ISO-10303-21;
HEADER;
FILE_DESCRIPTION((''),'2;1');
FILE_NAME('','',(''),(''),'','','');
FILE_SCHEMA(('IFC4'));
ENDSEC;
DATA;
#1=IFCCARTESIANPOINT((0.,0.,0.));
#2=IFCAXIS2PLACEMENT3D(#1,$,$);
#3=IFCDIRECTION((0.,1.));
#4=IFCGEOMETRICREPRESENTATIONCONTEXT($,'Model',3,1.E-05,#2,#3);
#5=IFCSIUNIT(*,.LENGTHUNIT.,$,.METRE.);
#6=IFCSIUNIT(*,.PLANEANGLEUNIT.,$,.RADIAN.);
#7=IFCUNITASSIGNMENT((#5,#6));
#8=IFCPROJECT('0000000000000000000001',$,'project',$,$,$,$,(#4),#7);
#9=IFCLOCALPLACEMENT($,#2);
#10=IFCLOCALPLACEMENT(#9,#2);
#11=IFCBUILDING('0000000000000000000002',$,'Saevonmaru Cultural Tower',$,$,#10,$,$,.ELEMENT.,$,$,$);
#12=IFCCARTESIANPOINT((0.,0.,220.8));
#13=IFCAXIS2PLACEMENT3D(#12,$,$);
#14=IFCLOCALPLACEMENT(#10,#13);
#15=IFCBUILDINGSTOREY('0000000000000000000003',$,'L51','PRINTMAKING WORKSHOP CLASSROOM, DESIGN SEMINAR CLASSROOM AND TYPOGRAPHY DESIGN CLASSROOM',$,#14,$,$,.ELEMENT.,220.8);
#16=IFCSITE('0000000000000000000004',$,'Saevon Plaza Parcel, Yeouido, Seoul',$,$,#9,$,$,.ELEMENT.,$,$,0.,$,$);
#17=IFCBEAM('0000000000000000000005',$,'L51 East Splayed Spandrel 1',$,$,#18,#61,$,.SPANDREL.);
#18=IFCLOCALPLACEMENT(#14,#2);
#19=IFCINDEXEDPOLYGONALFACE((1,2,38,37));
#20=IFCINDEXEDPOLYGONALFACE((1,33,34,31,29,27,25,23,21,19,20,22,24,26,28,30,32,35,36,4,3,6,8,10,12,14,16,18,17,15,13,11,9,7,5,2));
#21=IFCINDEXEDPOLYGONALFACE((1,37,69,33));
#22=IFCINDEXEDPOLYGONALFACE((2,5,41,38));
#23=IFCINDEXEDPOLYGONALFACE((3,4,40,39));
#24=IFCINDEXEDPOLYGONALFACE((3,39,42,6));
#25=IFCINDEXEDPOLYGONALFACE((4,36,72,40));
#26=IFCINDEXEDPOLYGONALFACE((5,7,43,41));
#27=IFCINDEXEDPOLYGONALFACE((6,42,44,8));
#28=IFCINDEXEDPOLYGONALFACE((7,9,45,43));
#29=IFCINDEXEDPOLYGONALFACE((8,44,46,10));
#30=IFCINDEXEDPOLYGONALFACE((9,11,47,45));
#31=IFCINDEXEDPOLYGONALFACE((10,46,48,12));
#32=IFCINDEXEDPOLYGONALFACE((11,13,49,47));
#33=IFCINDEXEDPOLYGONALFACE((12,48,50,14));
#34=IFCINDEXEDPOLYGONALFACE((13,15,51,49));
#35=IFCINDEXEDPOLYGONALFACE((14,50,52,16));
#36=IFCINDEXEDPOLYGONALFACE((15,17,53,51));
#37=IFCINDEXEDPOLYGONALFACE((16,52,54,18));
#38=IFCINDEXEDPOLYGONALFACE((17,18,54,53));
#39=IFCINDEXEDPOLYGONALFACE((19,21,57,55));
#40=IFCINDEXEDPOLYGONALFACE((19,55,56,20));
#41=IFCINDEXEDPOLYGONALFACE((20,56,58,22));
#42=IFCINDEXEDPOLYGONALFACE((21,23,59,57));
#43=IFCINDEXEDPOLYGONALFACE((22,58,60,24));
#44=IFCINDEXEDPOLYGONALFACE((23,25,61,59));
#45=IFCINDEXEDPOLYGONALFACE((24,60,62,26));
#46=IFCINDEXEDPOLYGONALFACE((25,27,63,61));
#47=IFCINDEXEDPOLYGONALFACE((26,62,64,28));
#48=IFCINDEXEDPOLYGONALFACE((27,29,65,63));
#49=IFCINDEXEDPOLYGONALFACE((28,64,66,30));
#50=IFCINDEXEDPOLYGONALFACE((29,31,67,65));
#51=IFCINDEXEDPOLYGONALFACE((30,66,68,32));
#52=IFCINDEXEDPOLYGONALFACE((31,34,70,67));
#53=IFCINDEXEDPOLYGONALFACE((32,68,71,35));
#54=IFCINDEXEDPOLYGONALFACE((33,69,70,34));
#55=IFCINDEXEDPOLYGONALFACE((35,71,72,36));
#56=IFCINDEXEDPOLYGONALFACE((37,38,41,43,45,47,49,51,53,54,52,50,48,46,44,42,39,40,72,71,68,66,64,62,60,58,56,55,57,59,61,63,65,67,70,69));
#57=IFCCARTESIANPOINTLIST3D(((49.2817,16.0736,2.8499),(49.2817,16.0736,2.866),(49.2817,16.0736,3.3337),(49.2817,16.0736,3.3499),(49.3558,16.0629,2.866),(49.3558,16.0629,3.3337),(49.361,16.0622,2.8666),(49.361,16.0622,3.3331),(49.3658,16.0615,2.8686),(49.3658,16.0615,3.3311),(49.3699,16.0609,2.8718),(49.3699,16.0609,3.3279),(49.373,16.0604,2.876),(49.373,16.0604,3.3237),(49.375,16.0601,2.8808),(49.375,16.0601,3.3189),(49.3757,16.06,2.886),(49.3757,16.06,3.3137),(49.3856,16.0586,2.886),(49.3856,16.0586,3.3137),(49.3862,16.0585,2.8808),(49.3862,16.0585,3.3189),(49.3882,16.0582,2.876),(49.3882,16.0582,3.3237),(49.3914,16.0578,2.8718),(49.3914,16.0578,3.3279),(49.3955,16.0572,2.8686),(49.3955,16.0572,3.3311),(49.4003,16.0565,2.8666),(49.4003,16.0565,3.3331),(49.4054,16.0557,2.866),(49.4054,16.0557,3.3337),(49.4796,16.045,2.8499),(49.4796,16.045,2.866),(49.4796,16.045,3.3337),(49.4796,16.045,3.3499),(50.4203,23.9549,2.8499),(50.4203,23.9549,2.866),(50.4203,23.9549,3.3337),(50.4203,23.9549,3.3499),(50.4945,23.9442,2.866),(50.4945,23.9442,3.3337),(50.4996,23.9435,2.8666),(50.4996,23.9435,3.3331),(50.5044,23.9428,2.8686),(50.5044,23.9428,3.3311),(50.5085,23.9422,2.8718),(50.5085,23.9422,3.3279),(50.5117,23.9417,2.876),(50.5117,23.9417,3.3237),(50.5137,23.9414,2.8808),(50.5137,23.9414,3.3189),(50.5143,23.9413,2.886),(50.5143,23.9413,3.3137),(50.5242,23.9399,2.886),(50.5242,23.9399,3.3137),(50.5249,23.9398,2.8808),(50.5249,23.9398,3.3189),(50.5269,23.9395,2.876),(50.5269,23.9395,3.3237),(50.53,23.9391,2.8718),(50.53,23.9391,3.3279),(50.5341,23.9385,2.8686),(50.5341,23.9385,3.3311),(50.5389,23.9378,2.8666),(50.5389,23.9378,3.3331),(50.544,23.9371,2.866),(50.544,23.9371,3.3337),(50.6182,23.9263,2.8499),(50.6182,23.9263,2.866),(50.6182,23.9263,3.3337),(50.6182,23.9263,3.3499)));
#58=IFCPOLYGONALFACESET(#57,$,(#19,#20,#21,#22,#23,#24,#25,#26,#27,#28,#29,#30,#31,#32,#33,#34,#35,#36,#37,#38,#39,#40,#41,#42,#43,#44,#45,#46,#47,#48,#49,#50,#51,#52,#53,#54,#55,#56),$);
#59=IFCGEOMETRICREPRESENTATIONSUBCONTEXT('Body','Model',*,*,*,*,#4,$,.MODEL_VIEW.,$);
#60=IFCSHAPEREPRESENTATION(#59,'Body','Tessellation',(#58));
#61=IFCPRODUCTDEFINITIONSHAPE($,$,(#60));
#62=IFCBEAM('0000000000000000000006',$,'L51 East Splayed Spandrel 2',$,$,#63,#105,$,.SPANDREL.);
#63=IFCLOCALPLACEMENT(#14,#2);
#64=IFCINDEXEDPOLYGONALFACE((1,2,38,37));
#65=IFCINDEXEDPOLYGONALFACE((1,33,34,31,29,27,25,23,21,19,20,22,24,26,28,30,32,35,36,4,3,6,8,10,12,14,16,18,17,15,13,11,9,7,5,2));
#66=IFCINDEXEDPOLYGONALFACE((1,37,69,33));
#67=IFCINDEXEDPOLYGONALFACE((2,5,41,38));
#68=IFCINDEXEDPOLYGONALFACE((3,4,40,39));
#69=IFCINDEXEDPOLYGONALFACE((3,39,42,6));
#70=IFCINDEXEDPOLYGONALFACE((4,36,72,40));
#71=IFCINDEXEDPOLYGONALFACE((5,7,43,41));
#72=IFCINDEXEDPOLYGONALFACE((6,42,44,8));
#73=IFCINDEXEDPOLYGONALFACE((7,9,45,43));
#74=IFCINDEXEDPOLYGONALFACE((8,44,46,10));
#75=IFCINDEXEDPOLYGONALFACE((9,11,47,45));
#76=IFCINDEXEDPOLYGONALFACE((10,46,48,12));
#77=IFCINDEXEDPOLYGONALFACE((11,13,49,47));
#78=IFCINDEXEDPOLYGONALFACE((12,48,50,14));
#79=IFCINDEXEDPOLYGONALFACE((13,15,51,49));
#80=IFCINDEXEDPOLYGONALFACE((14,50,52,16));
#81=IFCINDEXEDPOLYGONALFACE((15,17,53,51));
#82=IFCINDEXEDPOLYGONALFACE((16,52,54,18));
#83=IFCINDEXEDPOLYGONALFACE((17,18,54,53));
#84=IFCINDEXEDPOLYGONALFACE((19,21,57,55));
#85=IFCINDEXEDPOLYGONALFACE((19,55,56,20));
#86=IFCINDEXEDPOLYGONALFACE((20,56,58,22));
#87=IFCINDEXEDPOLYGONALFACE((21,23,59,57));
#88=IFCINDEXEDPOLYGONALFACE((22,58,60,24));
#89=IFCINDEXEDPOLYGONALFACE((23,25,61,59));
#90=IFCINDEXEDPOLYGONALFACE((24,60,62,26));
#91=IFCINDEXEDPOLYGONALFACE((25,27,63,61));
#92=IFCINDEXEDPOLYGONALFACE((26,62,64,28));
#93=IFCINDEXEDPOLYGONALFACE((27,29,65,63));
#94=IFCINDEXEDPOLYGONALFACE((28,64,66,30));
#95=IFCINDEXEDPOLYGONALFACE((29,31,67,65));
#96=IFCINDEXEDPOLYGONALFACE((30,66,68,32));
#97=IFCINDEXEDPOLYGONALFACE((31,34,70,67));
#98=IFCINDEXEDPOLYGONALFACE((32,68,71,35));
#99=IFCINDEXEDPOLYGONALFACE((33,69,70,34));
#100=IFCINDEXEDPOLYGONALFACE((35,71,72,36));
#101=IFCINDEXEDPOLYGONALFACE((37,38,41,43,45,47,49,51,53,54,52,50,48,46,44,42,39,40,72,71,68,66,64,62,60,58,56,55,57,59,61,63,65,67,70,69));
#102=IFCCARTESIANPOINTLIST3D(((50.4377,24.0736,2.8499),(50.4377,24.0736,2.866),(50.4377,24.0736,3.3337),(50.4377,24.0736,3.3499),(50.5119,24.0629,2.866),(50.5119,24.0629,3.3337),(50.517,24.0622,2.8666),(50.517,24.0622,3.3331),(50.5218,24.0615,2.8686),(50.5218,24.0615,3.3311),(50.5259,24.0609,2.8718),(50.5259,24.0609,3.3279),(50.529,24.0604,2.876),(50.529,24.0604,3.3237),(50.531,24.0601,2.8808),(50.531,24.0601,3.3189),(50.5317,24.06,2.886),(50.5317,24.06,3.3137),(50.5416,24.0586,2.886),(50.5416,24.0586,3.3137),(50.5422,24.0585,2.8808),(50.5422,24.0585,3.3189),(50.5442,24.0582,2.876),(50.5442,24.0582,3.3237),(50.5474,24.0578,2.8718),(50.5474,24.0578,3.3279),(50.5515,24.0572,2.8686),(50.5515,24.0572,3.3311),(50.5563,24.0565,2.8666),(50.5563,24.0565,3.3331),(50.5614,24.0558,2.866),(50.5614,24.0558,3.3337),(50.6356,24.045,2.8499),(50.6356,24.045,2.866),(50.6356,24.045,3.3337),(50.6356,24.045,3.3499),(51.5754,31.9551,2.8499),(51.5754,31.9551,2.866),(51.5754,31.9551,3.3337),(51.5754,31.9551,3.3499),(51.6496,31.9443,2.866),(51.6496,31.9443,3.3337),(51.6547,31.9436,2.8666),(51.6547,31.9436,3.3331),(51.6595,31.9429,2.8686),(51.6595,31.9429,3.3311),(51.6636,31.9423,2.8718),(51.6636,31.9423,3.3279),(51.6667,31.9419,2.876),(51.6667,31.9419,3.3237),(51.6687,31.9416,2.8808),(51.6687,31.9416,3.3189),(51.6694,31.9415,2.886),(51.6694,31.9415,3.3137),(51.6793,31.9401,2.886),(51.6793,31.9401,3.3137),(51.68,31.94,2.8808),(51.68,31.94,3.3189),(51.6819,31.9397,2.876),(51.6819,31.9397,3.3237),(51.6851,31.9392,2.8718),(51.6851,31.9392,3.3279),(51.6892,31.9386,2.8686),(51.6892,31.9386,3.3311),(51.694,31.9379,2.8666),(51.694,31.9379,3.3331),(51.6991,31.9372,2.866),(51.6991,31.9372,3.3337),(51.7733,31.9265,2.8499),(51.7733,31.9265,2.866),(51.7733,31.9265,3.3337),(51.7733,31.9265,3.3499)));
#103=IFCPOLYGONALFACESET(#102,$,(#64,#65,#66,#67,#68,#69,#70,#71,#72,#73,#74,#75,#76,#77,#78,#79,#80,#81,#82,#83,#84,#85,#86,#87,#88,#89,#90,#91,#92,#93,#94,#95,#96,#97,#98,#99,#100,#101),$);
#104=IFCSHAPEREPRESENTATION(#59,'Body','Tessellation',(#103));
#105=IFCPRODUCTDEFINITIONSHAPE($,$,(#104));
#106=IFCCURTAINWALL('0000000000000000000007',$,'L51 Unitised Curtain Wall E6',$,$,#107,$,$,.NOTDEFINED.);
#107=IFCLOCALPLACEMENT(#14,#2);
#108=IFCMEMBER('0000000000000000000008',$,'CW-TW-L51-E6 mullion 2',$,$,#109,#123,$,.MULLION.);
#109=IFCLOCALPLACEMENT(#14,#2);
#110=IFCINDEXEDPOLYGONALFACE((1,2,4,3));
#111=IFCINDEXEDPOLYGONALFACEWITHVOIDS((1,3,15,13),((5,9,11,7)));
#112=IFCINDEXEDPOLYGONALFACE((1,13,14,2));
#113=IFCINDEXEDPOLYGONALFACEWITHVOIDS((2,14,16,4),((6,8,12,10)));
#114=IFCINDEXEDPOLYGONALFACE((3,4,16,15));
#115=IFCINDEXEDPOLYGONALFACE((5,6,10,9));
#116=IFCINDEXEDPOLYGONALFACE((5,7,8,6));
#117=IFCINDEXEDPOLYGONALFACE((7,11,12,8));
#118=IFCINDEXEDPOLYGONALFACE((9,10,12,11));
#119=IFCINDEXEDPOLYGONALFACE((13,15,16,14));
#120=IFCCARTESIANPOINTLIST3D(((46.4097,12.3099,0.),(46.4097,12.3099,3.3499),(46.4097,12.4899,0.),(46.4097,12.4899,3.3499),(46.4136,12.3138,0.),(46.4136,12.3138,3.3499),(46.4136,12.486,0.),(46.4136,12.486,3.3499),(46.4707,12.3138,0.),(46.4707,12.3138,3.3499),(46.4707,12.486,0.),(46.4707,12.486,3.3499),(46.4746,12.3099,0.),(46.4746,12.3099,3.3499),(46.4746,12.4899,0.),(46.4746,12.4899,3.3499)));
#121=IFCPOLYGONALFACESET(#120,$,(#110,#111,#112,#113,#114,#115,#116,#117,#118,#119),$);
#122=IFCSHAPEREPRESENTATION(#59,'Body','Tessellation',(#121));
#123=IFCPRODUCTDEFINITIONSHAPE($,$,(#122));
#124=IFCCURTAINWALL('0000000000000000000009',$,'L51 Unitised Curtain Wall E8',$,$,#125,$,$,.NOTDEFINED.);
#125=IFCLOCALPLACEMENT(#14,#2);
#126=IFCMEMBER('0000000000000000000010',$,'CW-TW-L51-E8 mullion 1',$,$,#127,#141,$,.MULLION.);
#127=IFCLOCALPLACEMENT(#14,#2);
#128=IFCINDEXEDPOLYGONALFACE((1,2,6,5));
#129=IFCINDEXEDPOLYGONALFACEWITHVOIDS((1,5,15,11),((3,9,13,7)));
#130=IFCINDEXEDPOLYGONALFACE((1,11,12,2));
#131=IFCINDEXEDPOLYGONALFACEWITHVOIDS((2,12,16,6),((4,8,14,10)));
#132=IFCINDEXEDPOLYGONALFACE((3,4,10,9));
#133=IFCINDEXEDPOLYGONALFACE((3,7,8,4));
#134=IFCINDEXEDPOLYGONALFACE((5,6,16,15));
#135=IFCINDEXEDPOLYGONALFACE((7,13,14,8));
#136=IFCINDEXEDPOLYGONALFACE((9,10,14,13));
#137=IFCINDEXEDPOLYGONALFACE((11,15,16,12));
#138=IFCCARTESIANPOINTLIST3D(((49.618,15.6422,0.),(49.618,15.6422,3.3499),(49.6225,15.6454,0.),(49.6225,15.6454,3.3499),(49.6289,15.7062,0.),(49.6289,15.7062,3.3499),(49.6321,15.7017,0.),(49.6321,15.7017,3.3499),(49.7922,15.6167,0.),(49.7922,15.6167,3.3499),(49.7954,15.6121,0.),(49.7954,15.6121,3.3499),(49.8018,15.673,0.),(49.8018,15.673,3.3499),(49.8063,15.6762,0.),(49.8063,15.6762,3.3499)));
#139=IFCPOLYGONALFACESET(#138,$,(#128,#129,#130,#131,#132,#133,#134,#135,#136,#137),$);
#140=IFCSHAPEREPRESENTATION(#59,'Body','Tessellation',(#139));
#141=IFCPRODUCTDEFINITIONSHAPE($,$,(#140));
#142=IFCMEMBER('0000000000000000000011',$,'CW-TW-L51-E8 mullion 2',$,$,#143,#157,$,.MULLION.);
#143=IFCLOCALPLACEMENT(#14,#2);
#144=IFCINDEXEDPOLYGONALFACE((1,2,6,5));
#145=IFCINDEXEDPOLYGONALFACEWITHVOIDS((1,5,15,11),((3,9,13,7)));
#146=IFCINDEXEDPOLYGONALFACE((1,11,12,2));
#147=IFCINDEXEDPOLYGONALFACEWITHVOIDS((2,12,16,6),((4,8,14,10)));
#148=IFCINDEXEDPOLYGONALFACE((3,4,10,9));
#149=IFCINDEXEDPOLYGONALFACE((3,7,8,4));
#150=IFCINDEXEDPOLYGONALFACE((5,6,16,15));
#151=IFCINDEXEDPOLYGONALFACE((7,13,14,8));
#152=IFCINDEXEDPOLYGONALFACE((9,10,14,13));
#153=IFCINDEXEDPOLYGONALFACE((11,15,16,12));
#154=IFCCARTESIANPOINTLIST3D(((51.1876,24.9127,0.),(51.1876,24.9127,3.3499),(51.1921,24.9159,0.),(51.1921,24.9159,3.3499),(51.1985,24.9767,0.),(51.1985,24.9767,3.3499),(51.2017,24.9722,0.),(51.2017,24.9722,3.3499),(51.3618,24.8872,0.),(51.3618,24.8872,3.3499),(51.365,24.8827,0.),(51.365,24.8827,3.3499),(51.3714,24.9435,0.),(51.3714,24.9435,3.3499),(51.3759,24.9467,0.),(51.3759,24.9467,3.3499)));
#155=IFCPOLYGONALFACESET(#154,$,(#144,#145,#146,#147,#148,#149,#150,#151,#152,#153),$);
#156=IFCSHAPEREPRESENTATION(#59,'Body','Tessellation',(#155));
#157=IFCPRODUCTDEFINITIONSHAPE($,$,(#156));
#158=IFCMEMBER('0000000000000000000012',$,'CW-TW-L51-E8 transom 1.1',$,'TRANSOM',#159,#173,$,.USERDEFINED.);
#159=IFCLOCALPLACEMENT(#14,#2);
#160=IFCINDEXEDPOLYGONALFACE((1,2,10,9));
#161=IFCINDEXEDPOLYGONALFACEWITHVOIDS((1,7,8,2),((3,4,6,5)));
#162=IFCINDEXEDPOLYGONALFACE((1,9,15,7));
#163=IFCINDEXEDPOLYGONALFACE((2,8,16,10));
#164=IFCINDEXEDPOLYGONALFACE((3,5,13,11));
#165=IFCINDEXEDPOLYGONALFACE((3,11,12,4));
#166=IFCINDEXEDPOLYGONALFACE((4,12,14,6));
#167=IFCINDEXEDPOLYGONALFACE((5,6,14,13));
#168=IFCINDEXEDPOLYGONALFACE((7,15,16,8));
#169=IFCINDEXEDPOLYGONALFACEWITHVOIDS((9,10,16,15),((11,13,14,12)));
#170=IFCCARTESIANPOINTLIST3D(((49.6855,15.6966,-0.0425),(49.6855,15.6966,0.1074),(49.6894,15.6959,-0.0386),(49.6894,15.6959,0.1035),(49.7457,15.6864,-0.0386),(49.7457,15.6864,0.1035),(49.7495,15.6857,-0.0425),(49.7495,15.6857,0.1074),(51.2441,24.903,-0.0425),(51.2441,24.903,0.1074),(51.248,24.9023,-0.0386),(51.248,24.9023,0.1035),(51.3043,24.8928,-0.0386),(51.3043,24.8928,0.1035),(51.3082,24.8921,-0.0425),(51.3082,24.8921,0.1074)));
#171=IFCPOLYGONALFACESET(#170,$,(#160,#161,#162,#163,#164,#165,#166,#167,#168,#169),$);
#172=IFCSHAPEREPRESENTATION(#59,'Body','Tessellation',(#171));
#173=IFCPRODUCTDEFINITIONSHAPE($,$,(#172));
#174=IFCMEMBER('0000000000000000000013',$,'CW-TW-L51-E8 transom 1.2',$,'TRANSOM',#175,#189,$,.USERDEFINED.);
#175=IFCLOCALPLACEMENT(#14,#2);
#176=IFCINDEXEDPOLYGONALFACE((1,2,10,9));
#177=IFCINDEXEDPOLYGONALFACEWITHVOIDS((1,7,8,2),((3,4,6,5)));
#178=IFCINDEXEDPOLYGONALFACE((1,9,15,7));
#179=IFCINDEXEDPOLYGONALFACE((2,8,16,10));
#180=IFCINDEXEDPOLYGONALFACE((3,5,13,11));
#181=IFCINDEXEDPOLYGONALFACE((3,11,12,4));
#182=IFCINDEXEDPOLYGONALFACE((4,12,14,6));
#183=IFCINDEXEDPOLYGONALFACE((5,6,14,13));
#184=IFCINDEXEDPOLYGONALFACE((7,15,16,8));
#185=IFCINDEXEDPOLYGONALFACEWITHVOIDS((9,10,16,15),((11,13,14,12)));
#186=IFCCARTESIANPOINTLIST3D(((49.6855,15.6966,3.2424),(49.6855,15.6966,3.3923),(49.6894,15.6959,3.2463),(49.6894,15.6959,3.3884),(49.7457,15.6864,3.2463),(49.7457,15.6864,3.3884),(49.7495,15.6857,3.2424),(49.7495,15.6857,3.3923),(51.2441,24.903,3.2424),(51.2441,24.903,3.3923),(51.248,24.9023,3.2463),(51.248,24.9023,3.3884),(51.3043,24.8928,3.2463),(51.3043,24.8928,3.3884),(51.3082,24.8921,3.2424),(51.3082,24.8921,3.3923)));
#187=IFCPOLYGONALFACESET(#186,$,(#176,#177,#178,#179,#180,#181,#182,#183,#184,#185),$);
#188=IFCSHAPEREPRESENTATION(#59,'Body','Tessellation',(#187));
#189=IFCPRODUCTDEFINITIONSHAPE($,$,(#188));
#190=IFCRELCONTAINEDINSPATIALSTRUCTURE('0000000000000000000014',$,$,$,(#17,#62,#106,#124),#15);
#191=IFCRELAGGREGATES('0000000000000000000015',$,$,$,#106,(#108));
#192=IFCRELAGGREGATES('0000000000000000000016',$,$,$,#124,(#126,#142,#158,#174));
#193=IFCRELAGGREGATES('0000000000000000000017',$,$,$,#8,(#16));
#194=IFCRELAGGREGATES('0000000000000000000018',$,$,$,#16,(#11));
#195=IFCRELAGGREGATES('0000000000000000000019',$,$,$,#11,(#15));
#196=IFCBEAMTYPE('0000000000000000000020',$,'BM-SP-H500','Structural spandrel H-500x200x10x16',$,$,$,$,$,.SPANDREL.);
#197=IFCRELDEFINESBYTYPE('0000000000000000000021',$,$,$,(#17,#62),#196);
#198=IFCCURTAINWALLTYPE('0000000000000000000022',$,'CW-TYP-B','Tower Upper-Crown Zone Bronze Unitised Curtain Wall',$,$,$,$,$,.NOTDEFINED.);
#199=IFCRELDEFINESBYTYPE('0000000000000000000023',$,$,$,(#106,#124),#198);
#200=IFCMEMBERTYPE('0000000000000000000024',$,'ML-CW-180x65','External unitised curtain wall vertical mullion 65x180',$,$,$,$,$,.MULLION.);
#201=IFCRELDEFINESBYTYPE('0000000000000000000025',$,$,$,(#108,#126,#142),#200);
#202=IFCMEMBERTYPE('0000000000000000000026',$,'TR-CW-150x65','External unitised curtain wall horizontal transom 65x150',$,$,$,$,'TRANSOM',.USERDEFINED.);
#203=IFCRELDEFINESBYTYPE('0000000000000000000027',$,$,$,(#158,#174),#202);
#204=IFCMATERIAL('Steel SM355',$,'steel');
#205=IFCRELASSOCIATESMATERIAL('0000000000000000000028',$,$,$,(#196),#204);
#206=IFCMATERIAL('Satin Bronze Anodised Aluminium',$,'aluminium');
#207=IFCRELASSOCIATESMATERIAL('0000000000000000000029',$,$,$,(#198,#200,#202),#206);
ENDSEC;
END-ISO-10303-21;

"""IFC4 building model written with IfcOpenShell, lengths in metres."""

from ifc_helpers import new_model, si_unit, direction, frame, origin, origin_2d, place, context, subcontext, project, spatial, hollow_rectangle, i_section, extrude, material, material_profile, profile_set, type_object, element, aggregate, save


model = new_model("IFC4")

# Units and contexts
model_context = context("Model", 3, precision=1e-05, world=origin(), true_north=direction((0.0, 1.0)))
body_context = subcontext(model_context, "Body", "Model", "MODEL_VIEW")
ifc_project = project(units=[si_unit("LENGTHUNIT", "METRE"), si_unit("PLANEANGLEUNIT", "RADIAN")], contexts=[model_context])

# Site, building, storey
site_placement = place(None, origin())
site = spatial("IfcSite", under=ifc_project, at=site_placement, Name="Saevon Plaza Parcel, Yeouido, Seoul", CompositionType="ELEMENT", RefElevation=0.0)
building_placement = place(site_placement, origin())
building = spatial("IfcBuilding", under=site, at=building_placement, Name="Saevonmaru Cultural Tower", CompositionType="ELEMENT")
storey_placement = place(building_placement, frame((0.0, 0.0, 220.8)))
storey = spatial("IfcBuildingStorey", under=building, at=storey_placement, Name="L51", Description="PRINTMAKING WORKSHOP CLASSROOM, DESIGN SEMINAR CLASSROOM AND TYPOGRAPHY DESIGN CLASSROOM", CompositionType="ELEMENT", Elevation=220.8)

# Shared definitions
ifc_material_1 = material(Name="Steel SM355", Category="steel")

# Beams
ifc_material_profile_1 = material_profile(ifc_material_1, i_section(OverallWidth=0.2, OverallDepth=0.5, WebThickness=0.01, FlangeThickness=0.0161, FilletRadius=0.02, at=origin_2d()), Name="H-500x200x10x16")
ifc_profile_set_1 = profile_set([ifc_material_profile_1], Name="Steel SM355")
beam_type_1 = type_object("IfcBeamType", Name="BM-SP-H500", Description="Structural spandrel H-500x200x10x16", PredefinedType="SPANDREL", material=ifc_profile_set_1)
for number, where, z_axis, x_axis, name in (
    (1, (49.3806, 16.0593, 3.0999), (0.142992, 0.989724, 0.0), (-0.989724, 0.142992, 0.0), "L51 East Splayed Spandrel 1"),
    (2, (50.5366, 24.0593, 3.0999), (0.142872, 0.989741, 0.0), (-0.989741, 0.142872, 0.0), "L51 East Splayed Spandrel 2"),
):
    element("IfcBeam", number, at=place(storey_placement, frame(where, z_axis=z_axis, x_axis=x_axis)), inside=storey, type_object=beam_type_1, Name=name, PredefinedType="SPANDREL", context=body_context, shape_type="SweptSolid", body=[
        extrude(i_section(OverallWidth=0.2, OverallDepth=0.5, WebThickness=0.01, FlangeThickness=0.0161, FilletRadius=0.02, at=origin_2d()), origin(), (0.0, 0.0, 1.0), 7.9631),
    ])

# Curtain wall, member
ifc_material_2 = material(Name="Satin Bronze Anodised Aluminium", Category="aluminium")
curtain_wall_type = type_object("IfcCurtainWallType", Name="CW-TYP-B", Description="Tower Upper-Crown Zone Bronze Unitised Curtain Wall", PredefinedType="NOTDEFINED", material=ifc_material_2)
curtain_wall_1_placement = place(storey_placement, origin())
curtain_wall_1 = element("IfcCurtainWall", 3, at=curtain_wall_1_placement, inside=storey, type_object=curtain_wall_type, Name="L51 Unitised Curtain Wall E6", PredefinedType="NOTDEFINED")
ifc_material_profile_2 = material_profile(ifc_material_2, hollow_rectangle(XDim=0.0649, YDim=0.1799, WallThickness=0.0039, at=origin_2d()), Name="ALU-MULL-180x65x4")
ifc_profile_set_2 = profile_set([ifc_material_profile_2], Name="Satin Bronze Anodised Aluminium")
member_type_1 = type_object("IfcMemberType", Name="ML-CW-180x65", Description="External unitised curtain wall vertical mullion 65x180", PredefinedType="MULLION", material=ifc_profile_set_2)
member_1_placement = place(storey_placement, frame((46.4421, 12.3999, 0.0), z_axis=(0.0, 0.0, 1.0), x_axis=(1.0, 0.0, 0.0)))
member_1 = element("IfcMember", 4, at=member_1_placement, type_object=member_type_1, Name="CW-TW-L51-E6 mullion 2", PredefinedType="MULLION", context=body_context, shape_type="SweptSolid", body=[
    extrude(hollow_rectangle(XDim=0.0649, YDim=0.1799, WallThickness=0.0039, at=origin_2d()), origin(), (0.0, 0.0, 1.0), 3.3499),
])

# Curtain wall, members
curtain_wall_2_placement = place(storey_placement, origin())
curtain_wall_2 = element("IfcCurtainWall", 5, at=curtain_wall_2_placement, inside=storey, type_object=curtain_wall_type, Name="L51 Unitised Curtain Wall E8", PredefinedType="NOTDEFINED")
member_2_placement = place(storey_placement, frame((49.7122, 15.6592, 0.0), z_axis=(0.0, 0.0, 1.0), x_axis=(0.166922, 0.98597, 0.0)))
member_2 = element("IfcMember", 6, at=member_2_placement, type_object=member_type_1, Name="CW-TW-L51-E8 mullion 1", PredefinedType="MULLION", context=body_context, shape_type="SweptSolid", body=[
    extrude(hollow_rectangle(XDim=0.0649, YDim=0.1799, WallThickness=0.0039, at=origin_2d()), origin(), (0.0, 0.0, 1.0), 3.3499),
])
member_3_placement = place(storey_placement, frame((51.2817, 24.9297, 0.0), z_axis=(0.0, 0.0, 1.0), x_axis=(0.166922, 0.98597, 0.0)))
member_3 = element("IfcMember", 7, at=member_3_placement, type_object=member_type_1, Name="CW-TW-L51-E8 mullion 2", PredefinedType="MULLION", context=body_context, shape_type="SweptSolid", body=[
    extrude(hollow_rectangle(XDim=0.0649, YDim=0.1799, WallThickness=0.0039, at=origin_2d()), origin(), (0.0, 0.0, 1.0), 3.3499),
])
ifc_material_profile_3 = material_profile(ifc_material_2, hollow_rectangle(XDim=0.0649, YDim=0.1499, WallThickness=0.0039, at=origin_2d()), Name="ALU-TRAN-150x65x4")
ifc_profile_set_3 = profile_set([ifc_material_profile_3], Name="Satin Bronze Anodised Aluminium")
member_type_2 = type_object("IfcMemberType", Name="TR-CW-150x65", Description="External unitised curtain wall horizontal transom 65x150", ElementType="TRANSOM", PredefinedType="USERDEFINED", material=ifc_profile_set_3)
member_4_placement = place(storey_placement, frame((49.7175, 15.6912, 0.0325), z_axis=(0.166921, 0.98597, 0.0), x_axis=(-0.98597, 0.166921, 0.0)))
member_4 = element("IfcMember", 8, at=member_4_placement, type_object=member_type_2, Name="CW-TW-L51-E8 transom 1.1", ObjectType="TRANSOM", PredefinedType="USERDEFINED", context=body_context, shape_type="SweptSolid", body=[
    extrude(hollow_rectangle(XDim=0.0649, YDim=0.1499, WallThickness=0.0039, at=origin_2d()), origin(), (0.0, 0.0, 1.0), 9.3374),
])
member_5_placement = place(storey_placement, frame((49.7175, 15.6912, 3.3174), z_axis=(0.166921, 0.98597, 0.0), x_axis=(-0.98597, 0.166921, 0.0)))
member_5 = element("IfcMember", 9, at=member_5_placement, type_object=member_type_2, Name="CW-TW-L51-E8 transom 1.2", ObjectType="TRANSOM", PredefinedType="USERDEFINED", context=body_context, shape_type="SweptSolid", body=[
    extrude(hollow_rectangle(XDim=0.0649, YDim=0.1499, WallThickness=0.0039, at=origin_2d()), origin(), (0.0, 0.0, 1.0), 9.3374),
])

aggregate(curtain_wall_1, [member_1])
aggregate(curtain_wall_2, [member_2, member_3, member_4, member_5])

save(model, "model.ifc")
